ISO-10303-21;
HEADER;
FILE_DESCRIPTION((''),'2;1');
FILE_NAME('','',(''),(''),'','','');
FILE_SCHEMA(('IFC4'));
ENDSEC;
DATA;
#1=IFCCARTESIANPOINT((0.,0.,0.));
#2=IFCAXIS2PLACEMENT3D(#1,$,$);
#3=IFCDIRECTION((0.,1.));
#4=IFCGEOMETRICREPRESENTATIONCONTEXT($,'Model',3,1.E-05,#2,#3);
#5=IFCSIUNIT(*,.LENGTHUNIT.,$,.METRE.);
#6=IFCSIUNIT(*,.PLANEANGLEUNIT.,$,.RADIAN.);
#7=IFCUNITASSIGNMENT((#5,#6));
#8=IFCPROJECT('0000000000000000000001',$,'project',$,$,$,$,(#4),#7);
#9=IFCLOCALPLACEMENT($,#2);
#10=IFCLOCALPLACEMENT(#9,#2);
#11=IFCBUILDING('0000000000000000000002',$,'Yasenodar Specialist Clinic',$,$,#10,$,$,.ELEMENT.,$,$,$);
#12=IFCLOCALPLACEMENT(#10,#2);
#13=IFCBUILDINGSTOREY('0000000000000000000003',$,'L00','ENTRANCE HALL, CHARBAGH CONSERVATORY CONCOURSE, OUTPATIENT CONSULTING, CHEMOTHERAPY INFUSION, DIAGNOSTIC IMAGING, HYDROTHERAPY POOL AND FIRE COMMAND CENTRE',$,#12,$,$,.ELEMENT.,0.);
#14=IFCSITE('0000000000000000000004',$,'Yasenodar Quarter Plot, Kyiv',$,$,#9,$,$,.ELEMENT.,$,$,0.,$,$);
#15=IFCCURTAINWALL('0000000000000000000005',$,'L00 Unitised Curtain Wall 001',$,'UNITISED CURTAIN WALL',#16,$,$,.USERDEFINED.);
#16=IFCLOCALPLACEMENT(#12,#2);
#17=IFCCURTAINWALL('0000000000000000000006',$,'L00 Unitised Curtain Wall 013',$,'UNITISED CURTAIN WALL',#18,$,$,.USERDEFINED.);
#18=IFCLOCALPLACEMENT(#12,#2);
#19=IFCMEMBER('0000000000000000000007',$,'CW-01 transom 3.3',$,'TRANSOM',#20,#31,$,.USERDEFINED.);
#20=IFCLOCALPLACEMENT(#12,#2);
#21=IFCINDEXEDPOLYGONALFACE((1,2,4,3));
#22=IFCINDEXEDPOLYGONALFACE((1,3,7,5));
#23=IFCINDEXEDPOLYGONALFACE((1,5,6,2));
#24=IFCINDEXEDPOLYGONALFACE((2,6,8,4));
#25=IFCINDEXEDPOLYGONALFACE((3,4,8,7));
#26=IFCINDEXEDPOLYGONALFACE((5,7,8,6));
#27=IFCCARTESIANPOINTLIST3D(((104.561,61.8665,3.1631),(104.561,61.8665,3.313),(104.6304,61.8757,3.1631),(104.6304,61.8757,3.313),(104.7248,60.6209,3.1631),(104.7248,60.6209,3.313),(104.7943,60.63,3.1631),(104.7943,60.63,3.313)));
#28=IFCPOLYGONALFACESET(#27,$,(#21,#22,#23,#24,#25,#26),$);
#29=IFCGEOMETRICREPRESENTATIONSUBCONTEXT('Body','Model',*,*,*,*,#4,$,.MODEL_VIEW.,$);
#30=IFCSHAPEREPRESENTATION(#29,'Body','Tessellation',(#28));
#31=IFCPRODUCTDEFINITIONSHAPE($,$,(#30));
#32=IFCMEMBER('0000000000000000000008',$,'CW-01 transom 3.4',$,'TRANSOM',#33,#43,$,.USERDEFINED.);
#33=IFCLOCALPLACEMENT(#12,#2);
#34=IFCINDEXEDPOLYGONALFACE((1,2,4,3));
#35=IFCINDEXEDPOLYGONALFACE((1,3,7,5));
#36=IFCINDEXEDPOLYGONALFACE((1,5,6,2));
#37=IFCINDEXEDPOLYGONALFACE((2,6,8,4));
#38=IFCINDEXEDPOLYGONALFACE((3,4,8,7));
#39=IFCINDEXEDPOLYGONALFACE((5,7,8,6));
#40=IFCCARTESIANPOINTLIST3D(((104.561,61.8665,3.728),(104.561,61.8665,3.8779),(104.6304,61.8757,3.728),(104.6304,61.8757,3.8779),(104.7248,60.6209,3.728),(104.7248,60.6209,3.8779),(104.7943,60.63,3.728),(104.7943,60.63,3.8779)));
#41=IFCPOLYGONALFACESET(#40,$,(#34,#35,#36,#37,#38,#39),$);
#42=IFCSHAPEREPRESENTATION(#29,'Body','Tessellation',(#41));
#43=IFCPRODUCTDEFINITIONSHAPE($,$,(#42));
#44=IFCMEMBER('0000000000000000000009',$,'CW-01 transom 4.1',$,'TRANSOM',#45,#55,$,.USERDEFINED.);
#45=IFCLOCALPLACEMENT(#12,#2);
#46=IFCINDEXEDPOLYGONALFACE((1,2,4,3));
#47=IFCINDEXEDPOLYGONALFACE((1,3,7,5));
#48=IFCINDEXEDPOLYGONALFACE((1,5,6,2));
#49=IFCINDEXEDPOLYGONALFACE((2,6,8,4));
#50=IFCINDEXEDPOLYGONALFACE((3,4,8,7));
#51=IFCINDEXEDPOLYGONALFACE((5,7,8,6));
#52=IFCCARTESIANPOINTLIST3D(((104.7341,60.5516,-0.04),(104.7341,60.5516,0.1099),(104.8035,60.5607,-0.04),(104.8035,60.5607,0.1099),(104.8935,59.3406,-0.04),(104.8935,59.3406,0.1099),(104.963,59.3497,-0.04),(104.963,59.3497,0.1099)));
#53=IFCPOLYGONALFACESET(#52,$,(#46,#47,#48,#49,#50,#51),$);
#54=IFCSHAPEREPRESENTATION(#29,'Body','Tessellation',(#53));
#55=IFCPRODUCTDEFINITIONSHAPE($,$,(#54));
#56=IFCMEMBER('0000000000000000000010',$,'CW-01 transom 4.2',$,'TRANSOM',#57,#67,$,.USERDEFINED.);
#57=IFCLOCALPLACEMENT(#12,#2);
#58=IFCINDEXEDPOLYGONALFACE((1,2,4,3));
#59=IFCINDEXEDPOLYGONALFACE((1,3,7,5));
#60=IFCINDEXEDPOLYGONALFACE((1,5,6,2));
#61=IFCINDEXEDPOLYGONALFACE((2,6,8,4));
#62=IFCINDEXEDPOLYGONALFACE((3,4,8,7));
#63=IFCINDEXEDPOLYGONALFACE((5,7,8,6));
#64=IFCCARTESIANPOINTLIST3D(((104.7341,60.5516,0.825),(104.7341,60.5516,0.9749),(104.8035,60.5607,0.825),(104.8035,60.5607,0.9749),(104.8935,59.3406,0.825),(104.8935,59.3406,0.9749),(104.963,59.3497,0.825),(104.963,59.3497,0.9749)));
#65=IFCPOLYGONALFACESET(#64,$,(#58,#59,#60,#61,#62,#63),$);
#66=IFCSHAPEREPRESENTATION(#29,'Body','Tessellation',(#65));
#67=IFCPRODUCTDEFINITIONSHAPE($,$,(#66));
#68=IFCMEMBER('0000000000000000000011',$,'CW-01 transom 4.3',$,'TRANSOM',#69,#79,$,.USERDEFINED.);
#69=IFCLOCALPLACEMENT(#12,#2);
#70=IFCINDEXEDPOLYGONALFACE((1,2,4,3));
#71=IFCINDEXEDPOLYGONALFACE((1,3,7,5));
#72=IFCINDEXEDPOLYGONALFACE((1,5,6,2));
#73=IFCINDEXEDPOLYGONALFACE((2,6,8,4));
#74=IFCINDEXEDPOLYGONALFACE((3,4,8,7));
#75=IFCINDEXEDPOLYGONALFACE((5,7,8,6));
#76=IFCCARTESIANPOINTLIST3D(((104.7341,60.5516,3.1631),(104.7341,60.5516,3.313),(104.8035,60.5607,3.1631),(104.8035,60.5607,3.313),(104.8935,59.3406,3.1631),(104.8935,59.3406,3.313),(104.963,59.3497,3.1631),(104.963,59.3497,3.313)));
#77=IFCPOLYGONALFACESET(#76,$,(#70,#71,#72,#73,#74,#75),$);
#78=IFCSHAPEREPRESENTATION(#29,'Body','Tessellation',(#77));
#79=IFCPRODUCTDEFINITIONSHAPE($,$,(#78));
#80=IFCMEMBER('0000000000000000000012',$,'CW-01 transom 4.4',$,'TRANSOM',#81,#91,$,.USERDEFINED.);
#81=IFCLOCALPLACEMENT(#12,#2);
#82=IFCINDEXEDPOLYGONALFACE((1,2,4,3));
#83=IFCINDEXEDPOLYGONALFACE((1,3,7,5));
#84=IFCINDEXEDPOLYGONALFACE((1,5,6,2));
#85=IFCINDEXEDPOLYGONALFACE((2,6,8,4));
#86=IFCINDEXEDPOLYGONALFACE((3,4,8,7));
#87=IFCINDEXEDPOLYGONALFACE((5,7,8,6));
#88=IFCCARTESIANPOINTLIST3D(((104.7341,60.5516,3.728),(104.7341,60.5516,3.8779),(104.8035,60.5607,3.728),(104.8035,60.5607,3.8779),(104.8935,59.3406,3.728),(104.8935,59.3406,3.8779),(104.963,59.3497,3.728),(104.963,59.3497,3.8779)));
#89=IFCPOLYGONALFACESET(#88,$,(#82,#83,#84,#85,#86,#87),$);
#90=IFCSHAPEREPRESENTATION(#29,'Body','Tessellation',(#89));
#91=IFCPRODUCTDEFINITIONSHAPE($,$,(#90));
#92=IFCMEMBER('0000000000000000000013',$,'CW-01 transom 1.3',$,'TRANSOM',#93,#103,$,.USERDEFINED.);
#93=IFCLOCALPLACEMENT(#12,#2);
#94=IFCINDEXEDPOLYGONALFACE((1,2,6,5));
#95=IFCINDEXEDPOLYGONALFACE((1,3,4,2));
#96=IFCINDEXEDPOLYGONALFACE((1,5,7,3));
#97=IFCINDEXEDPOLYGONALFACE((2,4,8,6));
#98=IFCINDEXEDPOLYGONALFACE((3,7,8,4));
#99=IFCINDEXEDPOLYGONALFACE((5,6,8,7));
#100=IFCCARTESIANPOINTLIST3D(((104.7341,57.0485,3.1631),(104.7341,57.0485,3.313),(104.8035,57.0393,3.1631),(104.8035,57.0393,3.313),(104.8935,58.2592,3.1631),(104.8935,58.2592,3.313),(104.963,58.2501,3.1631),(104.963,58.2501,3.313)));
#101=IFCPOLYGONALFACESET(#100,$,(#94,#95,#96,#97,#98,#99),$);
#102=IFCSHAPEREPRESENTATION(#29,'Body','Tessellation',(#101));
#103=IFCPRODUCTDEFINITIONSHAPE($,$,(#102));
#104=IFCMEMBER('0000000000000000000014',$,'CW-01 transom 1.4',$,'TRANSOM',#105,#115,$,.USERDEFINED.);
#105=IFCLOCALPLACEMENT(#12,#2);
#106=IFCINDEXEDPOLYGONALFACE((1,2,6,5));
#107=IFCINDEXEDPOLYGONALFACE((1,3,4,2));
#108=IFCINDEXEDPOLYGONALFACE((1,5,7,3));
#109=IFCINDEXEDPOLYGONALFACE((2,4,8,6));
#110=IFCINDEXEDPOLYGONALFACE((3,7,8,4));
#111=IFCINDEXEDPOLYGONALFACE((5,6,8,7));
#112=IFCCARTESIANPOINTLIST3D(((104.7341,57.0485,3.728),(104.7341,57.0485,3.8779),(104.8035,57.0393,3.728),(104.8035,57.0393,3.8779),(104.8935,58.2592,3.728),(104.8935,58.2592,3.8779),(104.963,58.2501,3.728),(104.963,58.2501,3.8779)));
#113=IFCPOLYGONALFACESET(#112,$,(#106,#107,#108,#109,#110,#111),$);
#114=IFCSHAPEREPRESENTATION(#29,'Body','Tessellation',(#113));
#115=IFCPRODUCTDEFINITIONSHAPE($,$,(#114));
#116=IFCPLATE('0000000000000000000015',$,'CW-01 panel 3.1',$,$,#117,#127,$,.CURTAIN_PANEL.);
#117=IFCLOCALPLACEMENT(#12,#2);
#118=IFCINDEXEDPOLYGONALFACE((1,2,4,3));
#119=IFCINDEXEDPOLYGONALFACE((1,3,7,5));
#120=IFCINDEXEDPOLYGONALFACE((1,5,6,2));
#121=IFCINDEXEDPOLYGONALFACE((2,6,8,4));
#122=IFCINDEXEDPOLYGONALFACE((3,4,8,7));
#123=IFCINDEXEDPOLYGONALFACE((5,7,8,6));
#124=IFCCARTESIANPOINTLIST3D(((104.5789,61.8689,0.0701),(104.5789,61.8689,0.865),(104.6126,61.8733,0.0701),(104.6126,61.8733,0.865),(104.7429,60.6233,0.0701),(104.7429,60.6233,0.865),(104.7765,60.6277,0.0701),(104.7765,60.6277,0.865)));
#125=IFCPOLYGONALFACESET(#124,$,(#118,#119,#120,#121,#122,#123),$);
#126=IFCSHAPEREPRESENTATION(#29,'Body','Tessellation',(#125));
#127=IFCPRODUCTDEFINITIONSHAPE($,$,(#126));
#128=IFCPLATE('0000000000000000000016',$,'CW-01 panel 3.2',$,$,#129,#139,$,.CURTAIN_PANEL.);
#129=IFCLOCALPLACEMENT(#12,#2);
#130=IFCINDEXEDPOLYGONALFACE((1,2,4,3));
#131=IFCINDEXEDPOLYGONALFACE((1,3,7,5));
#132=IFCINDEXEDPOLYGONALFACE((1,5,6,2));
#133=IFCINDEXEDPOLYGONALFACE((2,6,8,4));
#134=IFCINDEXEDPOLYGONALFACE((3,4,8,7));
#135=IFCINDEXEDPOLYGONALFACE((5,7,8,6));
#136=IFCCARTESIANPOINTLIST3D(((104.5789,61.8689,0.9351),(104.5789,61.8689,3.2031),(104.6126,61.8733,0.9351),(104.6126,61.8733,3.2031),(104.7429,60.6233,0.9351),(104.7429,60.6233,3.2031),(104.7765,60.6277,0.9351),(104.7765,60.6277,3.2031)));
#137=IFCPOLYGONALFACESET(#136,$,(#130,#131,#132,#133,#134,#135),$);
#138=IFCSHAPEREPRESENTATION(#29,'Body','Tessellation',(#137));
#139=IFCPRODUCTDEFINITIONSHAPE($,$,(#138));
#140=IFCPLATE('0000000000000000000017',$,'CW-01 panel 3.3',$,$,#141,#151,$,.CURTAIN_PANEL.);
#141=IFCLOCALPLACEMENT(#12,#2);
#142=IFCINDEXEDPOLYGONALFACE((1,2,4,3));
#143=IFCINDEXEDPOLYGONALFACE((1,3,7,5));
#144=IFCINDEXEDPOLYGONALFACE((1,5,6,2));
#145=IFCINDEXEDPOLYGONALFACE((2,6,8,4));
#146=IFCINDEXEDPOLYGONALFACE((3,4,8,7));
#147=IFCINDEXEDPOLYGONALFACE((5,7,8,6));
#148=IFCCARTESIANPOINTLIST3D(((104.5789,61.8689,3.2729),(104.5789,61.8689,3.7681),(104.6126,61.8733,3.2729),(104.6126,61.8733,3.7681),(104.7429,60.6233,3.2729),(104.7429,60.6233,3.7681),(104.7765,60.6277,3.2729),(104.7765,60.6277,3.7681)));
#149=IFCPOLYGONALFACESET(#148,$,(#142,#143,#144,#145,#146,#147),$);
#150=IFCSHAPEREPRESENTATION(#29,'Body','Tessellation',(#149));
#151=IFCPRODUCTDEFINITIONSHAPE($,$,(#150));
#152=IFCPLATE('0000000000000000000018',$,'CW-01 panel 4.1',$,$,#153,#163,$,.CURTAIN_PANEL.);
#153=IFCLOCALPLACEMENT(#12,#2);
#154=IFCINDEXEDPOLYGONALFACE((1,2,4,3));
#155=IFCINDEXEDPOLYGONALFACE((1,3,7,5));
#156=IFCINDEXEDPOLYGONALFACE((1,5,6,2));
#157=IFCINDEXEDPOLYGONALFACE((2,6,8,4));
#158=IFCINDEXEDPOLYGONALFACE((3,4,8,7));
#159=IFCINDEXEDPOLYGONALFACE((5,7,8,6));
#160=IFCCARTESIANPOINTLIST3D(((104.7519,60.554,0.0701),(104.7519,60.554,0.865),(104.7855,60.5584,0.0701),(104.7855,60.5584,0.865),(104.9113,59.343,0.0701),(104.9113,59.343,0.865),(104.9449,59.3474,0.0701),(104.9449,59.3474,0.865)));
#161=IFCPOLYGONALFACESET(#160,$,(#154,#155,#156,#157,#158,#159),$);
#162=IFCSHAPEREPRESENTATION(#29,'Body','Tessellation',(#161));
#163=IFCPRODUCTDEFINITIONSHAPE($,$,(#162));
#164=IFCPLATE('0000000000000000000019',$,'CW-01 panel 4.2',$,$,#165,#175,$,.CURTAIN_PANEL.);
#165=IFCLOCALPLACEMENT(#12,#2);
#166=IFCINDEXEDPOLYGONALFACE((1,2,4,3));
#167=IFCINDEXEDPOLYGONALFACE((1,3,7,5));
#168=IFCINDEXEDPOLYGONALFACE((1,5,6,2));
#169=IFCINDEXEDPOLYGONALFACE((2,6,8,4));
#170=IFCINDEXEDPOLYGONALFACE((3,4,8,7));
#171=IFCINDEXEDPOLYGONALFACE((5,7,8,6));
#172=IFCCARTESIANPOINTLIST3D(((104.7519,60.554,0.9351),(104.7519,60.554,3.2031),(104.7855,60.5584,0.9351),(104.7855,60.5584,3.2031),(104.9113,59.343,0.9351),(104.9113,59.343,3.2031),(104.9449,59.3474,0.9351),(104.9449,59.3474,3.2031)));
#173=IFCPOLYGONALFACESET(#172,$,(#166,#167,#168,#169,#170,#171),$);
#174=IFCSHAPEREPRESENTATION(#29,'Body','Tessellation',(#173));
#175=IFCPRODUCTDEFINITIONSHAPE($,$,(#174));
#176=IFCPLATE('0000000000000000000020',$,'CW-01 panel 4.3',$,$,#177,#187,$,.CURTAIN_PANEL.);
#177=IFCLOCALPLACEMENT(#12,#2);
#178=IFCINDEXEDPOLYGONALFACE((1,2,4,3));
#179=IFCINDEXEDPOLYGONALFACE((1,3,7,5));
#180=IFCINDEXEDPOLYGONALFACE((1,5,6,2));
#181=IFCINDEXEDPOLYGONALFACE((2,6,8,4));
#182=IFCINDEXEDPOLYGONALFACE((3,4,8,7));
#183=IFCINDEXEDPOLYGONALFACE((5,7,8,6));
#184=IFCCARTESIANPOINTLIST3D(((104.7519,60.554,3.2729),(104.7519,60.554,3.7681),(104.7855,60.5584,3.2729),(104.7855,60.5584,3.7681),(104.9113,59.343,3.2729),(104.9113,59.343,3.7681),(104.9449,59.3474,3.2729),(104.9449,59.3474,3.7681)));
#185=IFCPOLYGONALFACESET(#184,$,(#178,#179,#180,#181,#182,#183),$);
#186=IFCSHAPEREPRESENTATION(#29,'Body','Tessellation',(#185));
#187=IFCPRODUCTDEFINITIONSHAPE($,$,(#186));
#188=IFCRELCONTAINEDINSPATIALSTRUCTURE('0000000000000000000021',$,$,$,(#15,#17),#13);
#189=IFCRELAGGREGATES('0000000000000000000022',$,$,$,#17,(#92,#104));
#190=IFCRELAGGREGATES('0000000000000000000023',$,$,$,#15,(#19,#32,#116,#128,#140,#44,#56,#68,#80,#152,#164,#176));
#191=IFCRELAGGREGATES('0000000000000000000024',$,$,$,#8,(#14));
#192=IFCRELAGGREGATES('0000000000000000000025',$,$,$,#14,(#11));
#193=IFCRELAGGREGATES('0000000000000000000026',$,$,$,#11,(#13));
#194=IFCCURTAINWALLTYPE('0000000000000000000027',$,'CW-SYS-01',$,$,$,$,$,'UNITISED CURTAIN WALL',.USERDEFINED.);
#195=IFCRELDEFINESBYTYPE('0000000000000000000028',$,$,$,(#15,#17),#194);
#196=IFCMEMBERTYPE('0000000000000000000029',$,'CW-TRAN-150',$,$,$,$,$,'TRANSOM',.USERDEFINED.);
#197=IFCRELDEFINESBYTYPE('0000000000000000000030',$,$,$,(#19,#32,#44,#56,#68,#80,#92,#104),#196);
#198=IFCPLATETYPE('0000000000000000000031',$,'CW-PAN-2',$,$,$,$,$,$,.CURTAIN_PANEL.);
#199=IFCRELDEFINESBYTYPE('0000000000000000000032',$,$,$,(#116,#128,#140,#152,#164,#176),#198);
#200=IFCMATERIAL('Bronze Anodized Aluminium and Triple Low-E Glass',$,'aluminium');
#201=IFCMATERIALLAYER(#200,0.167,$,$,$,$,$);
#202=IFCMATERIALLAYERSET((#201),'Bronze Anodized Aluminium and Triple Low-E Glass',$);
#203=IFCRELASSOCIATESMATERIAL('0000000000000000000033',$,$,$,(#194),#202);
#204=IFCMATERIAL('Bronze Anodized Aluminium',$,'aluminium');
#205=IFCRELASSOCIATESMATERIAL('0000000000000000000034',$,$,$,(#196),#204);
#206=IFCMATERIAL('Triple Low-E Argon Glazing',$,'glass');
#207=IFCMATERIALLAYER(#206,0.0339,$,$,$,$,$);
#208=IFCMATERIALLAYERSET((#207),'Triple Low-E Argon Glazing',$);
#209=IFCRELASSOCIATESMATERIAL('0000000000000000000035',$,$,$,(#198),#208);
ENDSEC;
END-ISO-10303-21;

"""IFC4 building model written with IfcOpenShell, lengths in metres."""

from ifc_helpers import new_model, si_unit, direction, frame, origin, origin_2d, place, context, subcontext, project, spatial, rectangle, extrude, material, layer, layer_set, material_profile, profile_set, type_object, element, aggregate, save


model = new_model("IFC4")

# Units and contexts
model_context = context("Model", 3, precision=1e-05, world=origin(), true_north=direction((0.0, 1.0)))
body_context = subcontext(model_context, "Body", "Model", "MODEL_VIEW")
ifc_project = project(units=[si_unit("LENGTHUNIT", "METRE"), si_unit("PLANEANGLEUNIT", "RADIAN")], contexts=[model_context])

# Site, building, storey
site_placement = place(None, origin())
site = spatial("IfcSite", under=ifc_project, at=site_placement, Name="Yasenodar Quarter Plot, Kyiv", CompositionType="ELEMENT", RefElevation=0.0)
building_placement = place(site_placement, origin())
building = spatial("IfcBuilding", under=site, at=building_placement, Name="Yasenodar Specialist Clinic", CompositionType="ELEMENT")
storey_placement = place(building_placement, origin())
storey = spatial("IfcBuildingStorey", under=building, at=storey_placement, Name="L00", Description="ENTRANCE HALL, CHARBAGH CONSERVATORY CONCOURSE, OUTPATIENT CONSULTING, CHEMOTHERAPY INFUSION, DIAGNOSTIC IMAGING, HYDROTHERAPY POOL AND FIRE COMMAND CENTRE", CompositionType="ELEMENT", Elevation=0.0)

# Curtain wall
ifc_material_1 = material(Name="Bronze Anodized Aluminium and Triple Low-E Glass", Category="aluminium")
ifc_layer_1 = layer(ifc_material_1, 0.167)
ifc_layer_set_1 = layer_set([ifc_layer_1], Name="Bronze Anodized Aluminium and Triple Low-E Glass")
curtain_wall_type = type_object("IfcCurtainWallType", Name="CW-SYS-01", ElementType="UNITISED CURTAIN WALL", PredefinedType="USERDEFINED", material=ifc_layer_set_1)
curtain_wall_1_placement = place(storey_placement, origin())
curtain_wall_1 = element("IfcCurtainWall", 1, at=curtain_wall_1_placement, inside=storey, type_object=curtain_wall_type, Name="L00 Unitised Curtain Wall 001", ObjectType="UNITISED CURTAIN WALL", PredefinedType="USERDEFINED")
ifc_material_2 = material(Name="Bronze Anodized Aluminium", Category="aluminium")

# Curtain wall
curtain_wall_2_placement = place(storey_placement, origin())
curtain_wall_2 = element("IfcCurtainWall", 2, at=curtain_wall_2_placement, inside=storey, type_object=curtain_wall_type, Name="L00 Unitised Curtain Wall 013", ObjectType="UNITISED CURTAIN WALL", PredefinedType="USERDEFINED")

# Members
ifc_material_profile_1 = material_profile(ifc_material_2, rectangle(XDim=0.0701, YDim=0.1499, at=origin_2d()), Name="CW-TRAN 70x150")
ifc_profile_set_1 = profile_set([ifc_material_profile_1], Name="Bronze Anodized Aluminium")
member_type_1 = type_object("IfcMemberType", Name="CW-TRAN-150", ElementType="TRANSOM", PredefinedType="USERDEFINED", material=ifc_profile_set_1)
member_1_placement = place(storey_placement, frame((104.5957, 61.8711, 3.238), z_axis=(0.130394, -0.991462, 0.0), x_axis=(0.991462, 0.130394, 0.0)))
member_1 = element("IfcMember", 3, at=member_1_placement, type_object=member_type_1, Name="CW-01 transom 3.3", ObjectType="TRANSOM", PredefinedType="USERDEFINED", context=body_context, shape_type="SweptSolid", body=[
    extrude(rectangle(XDim=0.0701, YDim=0.1499, at=origin_2d()), origin(), (0.0, 0.0, 1.0), 1.2563),
])
member_2_placement = place(storey_placement, frame((104.5957, 61.8711, 3.803), z_axis=(0.130394, -0.991462, 0.0), x_axis=(0.991462, 0.130394, 0.0)))
member_2 = element("IfcMember", 4, at=member_2_placement, type_object=member_type_1, Name="CW-01 transom 3.4", ObjectType="TRANSOM", PredefinedType="USERDEFINED", context=body_context, shape_type="SweptSolid", body=[
    extrude(rectangle(XDim=0.0701, YDim=0.1499, at=origin_2d()), origin(), (0.0, 0.0, 1.0), 1.2563),
])
member_3_placement = place(storey_placement, frame((104.7688, 60.5562, 0.0349), z_axis=(0.130527, -0.991445, 0.0), x_axis=(0.991445, 0.130527, 0.0)))
member_3 = element("IfcMember", 5, at=member_3_placement, type_object=member_type_1, Name="CW-01 transom 4.1", ObjectType="TRANSOM", PredefinedType="USERDEFINED", context=body_context, shape_type="SweptSolid", body=[
    extrude(rectangle(XDim=0.0701, YDim=0.1499, at=origin_2d()), origin(), (0.0, 0.0, 1.0), 1.2214),
])
member_4_placement = place(storey_placement, frame((104.7688, 60.5562, 0.8999), z_axis=(0.130527, -0.991445, 0.0), x_axis=(0.991445, 0.130527, 0.0)))
member_4 = element("IfcMember", 6, at=member_4_placement, type_object=member_type_1, Name="CW-01 transom 4.2", ObjectType="TRANSOM", PredefinedType="USERDEFINED", context=body_context, shape_type="SweptSolid", body=[
    extrude(rectangle(XDim=0.0701, YDim=0.1499, at=origin_2d()), origin(), (0.0, 0.0, 1.0), 1.2214),
])
member_5_placement = place(storey_placement, frame((104.7688, 60.5562, 3.238), z_axis=(0.130527, -0.991445, 0.0), x_axis=(0.991445, 0.130527, 0.0)))
member_5 = element("IfcMember", 7, at=member_5_placement, type_object=member_type_1, Name="CW-01 transom 4.3", ObjectType="TRANSOM", PredefinedType="USERDEFINED", context=body_context, shape_type="SweptSolid", body=[
    extrude(rectangle(XDim=0.0701, YDim=0.1499, at=origin_2d()), origin(), (0.0, 0.0, 1.0), 1.2214),
])
member_6_placement = place(storey_placement, frame((104.7688, 60.5562, 3.803), z_axis=(0.130527, -0.991445, 0.0), x_axis=(0.991445, 0.130527, 0.0)))
member_6 = element("IfcMember", 8, at=member_6_placement, type_object=member_type_1, Name="CW-01 transom 4.4", ObjectType="TRANSOM", PredefinedType="USERDEFINED", context=body_context, shape_type="SweptSolid", body=[
    extrude(rectangle(XDim=0.0701, YDim=0.1499, at=origin_2d()), origin(), (0.0, 0.0, 1.0), 1.2214),
])
member_7_placement = place(storey_placement, frame((104.9282, 58.2546, 3.238), z_axis=(-0.130553, -0.991441, 0.0), x_axis=(0.991441, -0.130553, 0.0)))
member_7 = element("IfcMember", 9, at=member_7_placement, type_object=member_type_1, Name="CW-01 transom 1.3", ObjectType="TRANSOM", PredefinedType="USERDEFINED", context=body_context, shape_type="SweptSolid", body=[
    extrude(rectangle(XDim=0.0701, YDim=0.1499, at=origin_2d()), origin(), (0.0, 0.0, 1.0), 1.2212),
])
member_8_placement = place(storey_placement, frame((104.9282, 58.2546, 3.803), z_axis=(-0.130553, -0.991441, 0.0), x_axis=(0.991441, -0.130553, 0.0)))
member_8 = element("IfcMember", 10, at=member_8_placement, type_object=member_type_1, Name="CW-01 transom 1.4", ObjectType="TRANSOM", PredefinedType="USERDEFINED", context=body_context, shape_type="SweptSolid", body=[
    extrude(rectangle(XDim=0.0701, YDim=0.1499, at=origin_2d()), origin(), (0.0, 0.0, 1.0), 1.2212),
])
aggregate(curtain_wall_2, [member_7, member_8])

# Plates
ifc_material_3 = material(Name="Triple Low-E Argon Glazing", Category="glass")
ifc_layer_2 = layer(ifc_material_3, 0.0339)
ifc_layer_set_2 = layer_set([ifc_layer_2], Name="Triple Low-E Argon Glazing")
plate_type = type_object("IfcPlateType", Name="CW-PAN-2", PredefinedType="CURTAIN_PANEL", material=ifc_layer_set_2)
plate_1_placement = place(storey_placement, frame((104.6777, 61.2483, 0.0701), z_axis=(0.0, 0.0, 1.0), x_axis=(0.130512, -0.991447, 0.0)))
plate_1 = element("IfcPlate", 11, at=plate_1_placement, type_object=plate_type, Name="CW-01 panel 3.1", PredefinedType="CURTAIN_PANEL", context=body_context, shape_type="SweptSolid", body=[
    extrude(rectangle(XDim=1.2563, YDim=0.0339, at=origin_2d()), origin(), (0.0, 0.0, 1.0), 0.7949),
])
plate_2_placement = place(storey_placement, frame((104.6777, 61.2483, 0.9351), z_axis=(0.0, 0.0, 1.0), x_axis=(0.130512, -0.991447, 0.0)))
plate_2 = element("IfcPlate", 12, at=plate_2_placement, type_object=plate_type, Name="CW-01 panel 3.2", PredefinedType="CURTAIN_PANEL", context=body_context, shape_type="SweptSolid", body=[
    extrude(rectangle(XDim=1.2563, YDim=0.0339, at=origin_2d()), origin(), (0.0, 0.0, 1.0), 2.2681),
])
plate_3_placement = place(storey_placement, frame((104.6777, 61.2483, 3.2729), z_axis=(0.0, 0.0, 1.0), x_axis=(0.130512, -0.991447, 0.0)))
plate_3 = element("IfcPlate", 13, at=plate_3_placement, type_object=plate_type, Name="CW-01 panel 3.3", PredefinedType="CURTAIN_PANEL", context=body_context, shape_type="SweptSolid", body=[
    extrude(rectangle(XDim=1.2563, YDim=0.0339, at=origin_2d()), origin(), (0.0, 0.0, 1.0), 0.4951),
])
plate_4_placement = place(storey_placement, frame((104.8484, 59.9507, 0.0701), z_axis=(0.0, 0.0, 1.0), x_axis=(0.130512, -0.991447, 0.0)))
plate_4 = element("IfcPlate", 14, at=plate_4_placement, type_object=plate_type, Name="CW-01 panel 4.1", PredefinedType="CURTAIN_PANEL", context=body_context, shape_type="SweptSolid", body=[
    extrude(rectangle(XDim=1.2214, YDim=0.0339, at=origin_2d()), origin(), (0.0, 0.0, 1.0), 0.7949),
])
plate_5_placement = place(storey_placement, frame((104.8484, 59.9507, 0.9351), z_axis=(0.0, 0.0, 1.0), x_axis=(0.130512, -0.991447, 0.0)))
plate_5 = element("IfcPlate", 15, at=plate_5_placement, type_object=plate_type, Name="CW-01 panel 4.2", PredefinedType="CURTAIN_PANEL", context=body_context, shape_type="SweptSolid", body=[
    extrude(rectangle(XDim=1.2214, YDim=0.0339, at=origin_2d()), origin(), (0.0, 0.0, 1.0), 2.2681),
])
plate_6_placement = place(storey_placement, frame((104.8484, 59.9507, 3.2729), z_axis=(0.0, 0.0, 1.0), x_axis=(0.130512, -0.991447, 0.0)))
plate_6 = element("IfcPlate", 16, at=plate_6_placement, type_object=plate_type, Name="CW-01 panel 4.3", PredefinedType="CURTAIN_PANEL", context=body_context, shape_type="SweptSolid", body=[
    extrude(rectangle(XDim=1.2214, YDim=0.0339, at=origin_2d()), origin(), (0.0, 0.0, 1.0), 0.4951),
])
aggregate(curtain_wall_1, [member_1, member_2, plate_1, plate_2, plate_3, member_3, member_4, member_5, member_6, plate_4, plate_5, plate_6])

save(model, "model.ifc")
